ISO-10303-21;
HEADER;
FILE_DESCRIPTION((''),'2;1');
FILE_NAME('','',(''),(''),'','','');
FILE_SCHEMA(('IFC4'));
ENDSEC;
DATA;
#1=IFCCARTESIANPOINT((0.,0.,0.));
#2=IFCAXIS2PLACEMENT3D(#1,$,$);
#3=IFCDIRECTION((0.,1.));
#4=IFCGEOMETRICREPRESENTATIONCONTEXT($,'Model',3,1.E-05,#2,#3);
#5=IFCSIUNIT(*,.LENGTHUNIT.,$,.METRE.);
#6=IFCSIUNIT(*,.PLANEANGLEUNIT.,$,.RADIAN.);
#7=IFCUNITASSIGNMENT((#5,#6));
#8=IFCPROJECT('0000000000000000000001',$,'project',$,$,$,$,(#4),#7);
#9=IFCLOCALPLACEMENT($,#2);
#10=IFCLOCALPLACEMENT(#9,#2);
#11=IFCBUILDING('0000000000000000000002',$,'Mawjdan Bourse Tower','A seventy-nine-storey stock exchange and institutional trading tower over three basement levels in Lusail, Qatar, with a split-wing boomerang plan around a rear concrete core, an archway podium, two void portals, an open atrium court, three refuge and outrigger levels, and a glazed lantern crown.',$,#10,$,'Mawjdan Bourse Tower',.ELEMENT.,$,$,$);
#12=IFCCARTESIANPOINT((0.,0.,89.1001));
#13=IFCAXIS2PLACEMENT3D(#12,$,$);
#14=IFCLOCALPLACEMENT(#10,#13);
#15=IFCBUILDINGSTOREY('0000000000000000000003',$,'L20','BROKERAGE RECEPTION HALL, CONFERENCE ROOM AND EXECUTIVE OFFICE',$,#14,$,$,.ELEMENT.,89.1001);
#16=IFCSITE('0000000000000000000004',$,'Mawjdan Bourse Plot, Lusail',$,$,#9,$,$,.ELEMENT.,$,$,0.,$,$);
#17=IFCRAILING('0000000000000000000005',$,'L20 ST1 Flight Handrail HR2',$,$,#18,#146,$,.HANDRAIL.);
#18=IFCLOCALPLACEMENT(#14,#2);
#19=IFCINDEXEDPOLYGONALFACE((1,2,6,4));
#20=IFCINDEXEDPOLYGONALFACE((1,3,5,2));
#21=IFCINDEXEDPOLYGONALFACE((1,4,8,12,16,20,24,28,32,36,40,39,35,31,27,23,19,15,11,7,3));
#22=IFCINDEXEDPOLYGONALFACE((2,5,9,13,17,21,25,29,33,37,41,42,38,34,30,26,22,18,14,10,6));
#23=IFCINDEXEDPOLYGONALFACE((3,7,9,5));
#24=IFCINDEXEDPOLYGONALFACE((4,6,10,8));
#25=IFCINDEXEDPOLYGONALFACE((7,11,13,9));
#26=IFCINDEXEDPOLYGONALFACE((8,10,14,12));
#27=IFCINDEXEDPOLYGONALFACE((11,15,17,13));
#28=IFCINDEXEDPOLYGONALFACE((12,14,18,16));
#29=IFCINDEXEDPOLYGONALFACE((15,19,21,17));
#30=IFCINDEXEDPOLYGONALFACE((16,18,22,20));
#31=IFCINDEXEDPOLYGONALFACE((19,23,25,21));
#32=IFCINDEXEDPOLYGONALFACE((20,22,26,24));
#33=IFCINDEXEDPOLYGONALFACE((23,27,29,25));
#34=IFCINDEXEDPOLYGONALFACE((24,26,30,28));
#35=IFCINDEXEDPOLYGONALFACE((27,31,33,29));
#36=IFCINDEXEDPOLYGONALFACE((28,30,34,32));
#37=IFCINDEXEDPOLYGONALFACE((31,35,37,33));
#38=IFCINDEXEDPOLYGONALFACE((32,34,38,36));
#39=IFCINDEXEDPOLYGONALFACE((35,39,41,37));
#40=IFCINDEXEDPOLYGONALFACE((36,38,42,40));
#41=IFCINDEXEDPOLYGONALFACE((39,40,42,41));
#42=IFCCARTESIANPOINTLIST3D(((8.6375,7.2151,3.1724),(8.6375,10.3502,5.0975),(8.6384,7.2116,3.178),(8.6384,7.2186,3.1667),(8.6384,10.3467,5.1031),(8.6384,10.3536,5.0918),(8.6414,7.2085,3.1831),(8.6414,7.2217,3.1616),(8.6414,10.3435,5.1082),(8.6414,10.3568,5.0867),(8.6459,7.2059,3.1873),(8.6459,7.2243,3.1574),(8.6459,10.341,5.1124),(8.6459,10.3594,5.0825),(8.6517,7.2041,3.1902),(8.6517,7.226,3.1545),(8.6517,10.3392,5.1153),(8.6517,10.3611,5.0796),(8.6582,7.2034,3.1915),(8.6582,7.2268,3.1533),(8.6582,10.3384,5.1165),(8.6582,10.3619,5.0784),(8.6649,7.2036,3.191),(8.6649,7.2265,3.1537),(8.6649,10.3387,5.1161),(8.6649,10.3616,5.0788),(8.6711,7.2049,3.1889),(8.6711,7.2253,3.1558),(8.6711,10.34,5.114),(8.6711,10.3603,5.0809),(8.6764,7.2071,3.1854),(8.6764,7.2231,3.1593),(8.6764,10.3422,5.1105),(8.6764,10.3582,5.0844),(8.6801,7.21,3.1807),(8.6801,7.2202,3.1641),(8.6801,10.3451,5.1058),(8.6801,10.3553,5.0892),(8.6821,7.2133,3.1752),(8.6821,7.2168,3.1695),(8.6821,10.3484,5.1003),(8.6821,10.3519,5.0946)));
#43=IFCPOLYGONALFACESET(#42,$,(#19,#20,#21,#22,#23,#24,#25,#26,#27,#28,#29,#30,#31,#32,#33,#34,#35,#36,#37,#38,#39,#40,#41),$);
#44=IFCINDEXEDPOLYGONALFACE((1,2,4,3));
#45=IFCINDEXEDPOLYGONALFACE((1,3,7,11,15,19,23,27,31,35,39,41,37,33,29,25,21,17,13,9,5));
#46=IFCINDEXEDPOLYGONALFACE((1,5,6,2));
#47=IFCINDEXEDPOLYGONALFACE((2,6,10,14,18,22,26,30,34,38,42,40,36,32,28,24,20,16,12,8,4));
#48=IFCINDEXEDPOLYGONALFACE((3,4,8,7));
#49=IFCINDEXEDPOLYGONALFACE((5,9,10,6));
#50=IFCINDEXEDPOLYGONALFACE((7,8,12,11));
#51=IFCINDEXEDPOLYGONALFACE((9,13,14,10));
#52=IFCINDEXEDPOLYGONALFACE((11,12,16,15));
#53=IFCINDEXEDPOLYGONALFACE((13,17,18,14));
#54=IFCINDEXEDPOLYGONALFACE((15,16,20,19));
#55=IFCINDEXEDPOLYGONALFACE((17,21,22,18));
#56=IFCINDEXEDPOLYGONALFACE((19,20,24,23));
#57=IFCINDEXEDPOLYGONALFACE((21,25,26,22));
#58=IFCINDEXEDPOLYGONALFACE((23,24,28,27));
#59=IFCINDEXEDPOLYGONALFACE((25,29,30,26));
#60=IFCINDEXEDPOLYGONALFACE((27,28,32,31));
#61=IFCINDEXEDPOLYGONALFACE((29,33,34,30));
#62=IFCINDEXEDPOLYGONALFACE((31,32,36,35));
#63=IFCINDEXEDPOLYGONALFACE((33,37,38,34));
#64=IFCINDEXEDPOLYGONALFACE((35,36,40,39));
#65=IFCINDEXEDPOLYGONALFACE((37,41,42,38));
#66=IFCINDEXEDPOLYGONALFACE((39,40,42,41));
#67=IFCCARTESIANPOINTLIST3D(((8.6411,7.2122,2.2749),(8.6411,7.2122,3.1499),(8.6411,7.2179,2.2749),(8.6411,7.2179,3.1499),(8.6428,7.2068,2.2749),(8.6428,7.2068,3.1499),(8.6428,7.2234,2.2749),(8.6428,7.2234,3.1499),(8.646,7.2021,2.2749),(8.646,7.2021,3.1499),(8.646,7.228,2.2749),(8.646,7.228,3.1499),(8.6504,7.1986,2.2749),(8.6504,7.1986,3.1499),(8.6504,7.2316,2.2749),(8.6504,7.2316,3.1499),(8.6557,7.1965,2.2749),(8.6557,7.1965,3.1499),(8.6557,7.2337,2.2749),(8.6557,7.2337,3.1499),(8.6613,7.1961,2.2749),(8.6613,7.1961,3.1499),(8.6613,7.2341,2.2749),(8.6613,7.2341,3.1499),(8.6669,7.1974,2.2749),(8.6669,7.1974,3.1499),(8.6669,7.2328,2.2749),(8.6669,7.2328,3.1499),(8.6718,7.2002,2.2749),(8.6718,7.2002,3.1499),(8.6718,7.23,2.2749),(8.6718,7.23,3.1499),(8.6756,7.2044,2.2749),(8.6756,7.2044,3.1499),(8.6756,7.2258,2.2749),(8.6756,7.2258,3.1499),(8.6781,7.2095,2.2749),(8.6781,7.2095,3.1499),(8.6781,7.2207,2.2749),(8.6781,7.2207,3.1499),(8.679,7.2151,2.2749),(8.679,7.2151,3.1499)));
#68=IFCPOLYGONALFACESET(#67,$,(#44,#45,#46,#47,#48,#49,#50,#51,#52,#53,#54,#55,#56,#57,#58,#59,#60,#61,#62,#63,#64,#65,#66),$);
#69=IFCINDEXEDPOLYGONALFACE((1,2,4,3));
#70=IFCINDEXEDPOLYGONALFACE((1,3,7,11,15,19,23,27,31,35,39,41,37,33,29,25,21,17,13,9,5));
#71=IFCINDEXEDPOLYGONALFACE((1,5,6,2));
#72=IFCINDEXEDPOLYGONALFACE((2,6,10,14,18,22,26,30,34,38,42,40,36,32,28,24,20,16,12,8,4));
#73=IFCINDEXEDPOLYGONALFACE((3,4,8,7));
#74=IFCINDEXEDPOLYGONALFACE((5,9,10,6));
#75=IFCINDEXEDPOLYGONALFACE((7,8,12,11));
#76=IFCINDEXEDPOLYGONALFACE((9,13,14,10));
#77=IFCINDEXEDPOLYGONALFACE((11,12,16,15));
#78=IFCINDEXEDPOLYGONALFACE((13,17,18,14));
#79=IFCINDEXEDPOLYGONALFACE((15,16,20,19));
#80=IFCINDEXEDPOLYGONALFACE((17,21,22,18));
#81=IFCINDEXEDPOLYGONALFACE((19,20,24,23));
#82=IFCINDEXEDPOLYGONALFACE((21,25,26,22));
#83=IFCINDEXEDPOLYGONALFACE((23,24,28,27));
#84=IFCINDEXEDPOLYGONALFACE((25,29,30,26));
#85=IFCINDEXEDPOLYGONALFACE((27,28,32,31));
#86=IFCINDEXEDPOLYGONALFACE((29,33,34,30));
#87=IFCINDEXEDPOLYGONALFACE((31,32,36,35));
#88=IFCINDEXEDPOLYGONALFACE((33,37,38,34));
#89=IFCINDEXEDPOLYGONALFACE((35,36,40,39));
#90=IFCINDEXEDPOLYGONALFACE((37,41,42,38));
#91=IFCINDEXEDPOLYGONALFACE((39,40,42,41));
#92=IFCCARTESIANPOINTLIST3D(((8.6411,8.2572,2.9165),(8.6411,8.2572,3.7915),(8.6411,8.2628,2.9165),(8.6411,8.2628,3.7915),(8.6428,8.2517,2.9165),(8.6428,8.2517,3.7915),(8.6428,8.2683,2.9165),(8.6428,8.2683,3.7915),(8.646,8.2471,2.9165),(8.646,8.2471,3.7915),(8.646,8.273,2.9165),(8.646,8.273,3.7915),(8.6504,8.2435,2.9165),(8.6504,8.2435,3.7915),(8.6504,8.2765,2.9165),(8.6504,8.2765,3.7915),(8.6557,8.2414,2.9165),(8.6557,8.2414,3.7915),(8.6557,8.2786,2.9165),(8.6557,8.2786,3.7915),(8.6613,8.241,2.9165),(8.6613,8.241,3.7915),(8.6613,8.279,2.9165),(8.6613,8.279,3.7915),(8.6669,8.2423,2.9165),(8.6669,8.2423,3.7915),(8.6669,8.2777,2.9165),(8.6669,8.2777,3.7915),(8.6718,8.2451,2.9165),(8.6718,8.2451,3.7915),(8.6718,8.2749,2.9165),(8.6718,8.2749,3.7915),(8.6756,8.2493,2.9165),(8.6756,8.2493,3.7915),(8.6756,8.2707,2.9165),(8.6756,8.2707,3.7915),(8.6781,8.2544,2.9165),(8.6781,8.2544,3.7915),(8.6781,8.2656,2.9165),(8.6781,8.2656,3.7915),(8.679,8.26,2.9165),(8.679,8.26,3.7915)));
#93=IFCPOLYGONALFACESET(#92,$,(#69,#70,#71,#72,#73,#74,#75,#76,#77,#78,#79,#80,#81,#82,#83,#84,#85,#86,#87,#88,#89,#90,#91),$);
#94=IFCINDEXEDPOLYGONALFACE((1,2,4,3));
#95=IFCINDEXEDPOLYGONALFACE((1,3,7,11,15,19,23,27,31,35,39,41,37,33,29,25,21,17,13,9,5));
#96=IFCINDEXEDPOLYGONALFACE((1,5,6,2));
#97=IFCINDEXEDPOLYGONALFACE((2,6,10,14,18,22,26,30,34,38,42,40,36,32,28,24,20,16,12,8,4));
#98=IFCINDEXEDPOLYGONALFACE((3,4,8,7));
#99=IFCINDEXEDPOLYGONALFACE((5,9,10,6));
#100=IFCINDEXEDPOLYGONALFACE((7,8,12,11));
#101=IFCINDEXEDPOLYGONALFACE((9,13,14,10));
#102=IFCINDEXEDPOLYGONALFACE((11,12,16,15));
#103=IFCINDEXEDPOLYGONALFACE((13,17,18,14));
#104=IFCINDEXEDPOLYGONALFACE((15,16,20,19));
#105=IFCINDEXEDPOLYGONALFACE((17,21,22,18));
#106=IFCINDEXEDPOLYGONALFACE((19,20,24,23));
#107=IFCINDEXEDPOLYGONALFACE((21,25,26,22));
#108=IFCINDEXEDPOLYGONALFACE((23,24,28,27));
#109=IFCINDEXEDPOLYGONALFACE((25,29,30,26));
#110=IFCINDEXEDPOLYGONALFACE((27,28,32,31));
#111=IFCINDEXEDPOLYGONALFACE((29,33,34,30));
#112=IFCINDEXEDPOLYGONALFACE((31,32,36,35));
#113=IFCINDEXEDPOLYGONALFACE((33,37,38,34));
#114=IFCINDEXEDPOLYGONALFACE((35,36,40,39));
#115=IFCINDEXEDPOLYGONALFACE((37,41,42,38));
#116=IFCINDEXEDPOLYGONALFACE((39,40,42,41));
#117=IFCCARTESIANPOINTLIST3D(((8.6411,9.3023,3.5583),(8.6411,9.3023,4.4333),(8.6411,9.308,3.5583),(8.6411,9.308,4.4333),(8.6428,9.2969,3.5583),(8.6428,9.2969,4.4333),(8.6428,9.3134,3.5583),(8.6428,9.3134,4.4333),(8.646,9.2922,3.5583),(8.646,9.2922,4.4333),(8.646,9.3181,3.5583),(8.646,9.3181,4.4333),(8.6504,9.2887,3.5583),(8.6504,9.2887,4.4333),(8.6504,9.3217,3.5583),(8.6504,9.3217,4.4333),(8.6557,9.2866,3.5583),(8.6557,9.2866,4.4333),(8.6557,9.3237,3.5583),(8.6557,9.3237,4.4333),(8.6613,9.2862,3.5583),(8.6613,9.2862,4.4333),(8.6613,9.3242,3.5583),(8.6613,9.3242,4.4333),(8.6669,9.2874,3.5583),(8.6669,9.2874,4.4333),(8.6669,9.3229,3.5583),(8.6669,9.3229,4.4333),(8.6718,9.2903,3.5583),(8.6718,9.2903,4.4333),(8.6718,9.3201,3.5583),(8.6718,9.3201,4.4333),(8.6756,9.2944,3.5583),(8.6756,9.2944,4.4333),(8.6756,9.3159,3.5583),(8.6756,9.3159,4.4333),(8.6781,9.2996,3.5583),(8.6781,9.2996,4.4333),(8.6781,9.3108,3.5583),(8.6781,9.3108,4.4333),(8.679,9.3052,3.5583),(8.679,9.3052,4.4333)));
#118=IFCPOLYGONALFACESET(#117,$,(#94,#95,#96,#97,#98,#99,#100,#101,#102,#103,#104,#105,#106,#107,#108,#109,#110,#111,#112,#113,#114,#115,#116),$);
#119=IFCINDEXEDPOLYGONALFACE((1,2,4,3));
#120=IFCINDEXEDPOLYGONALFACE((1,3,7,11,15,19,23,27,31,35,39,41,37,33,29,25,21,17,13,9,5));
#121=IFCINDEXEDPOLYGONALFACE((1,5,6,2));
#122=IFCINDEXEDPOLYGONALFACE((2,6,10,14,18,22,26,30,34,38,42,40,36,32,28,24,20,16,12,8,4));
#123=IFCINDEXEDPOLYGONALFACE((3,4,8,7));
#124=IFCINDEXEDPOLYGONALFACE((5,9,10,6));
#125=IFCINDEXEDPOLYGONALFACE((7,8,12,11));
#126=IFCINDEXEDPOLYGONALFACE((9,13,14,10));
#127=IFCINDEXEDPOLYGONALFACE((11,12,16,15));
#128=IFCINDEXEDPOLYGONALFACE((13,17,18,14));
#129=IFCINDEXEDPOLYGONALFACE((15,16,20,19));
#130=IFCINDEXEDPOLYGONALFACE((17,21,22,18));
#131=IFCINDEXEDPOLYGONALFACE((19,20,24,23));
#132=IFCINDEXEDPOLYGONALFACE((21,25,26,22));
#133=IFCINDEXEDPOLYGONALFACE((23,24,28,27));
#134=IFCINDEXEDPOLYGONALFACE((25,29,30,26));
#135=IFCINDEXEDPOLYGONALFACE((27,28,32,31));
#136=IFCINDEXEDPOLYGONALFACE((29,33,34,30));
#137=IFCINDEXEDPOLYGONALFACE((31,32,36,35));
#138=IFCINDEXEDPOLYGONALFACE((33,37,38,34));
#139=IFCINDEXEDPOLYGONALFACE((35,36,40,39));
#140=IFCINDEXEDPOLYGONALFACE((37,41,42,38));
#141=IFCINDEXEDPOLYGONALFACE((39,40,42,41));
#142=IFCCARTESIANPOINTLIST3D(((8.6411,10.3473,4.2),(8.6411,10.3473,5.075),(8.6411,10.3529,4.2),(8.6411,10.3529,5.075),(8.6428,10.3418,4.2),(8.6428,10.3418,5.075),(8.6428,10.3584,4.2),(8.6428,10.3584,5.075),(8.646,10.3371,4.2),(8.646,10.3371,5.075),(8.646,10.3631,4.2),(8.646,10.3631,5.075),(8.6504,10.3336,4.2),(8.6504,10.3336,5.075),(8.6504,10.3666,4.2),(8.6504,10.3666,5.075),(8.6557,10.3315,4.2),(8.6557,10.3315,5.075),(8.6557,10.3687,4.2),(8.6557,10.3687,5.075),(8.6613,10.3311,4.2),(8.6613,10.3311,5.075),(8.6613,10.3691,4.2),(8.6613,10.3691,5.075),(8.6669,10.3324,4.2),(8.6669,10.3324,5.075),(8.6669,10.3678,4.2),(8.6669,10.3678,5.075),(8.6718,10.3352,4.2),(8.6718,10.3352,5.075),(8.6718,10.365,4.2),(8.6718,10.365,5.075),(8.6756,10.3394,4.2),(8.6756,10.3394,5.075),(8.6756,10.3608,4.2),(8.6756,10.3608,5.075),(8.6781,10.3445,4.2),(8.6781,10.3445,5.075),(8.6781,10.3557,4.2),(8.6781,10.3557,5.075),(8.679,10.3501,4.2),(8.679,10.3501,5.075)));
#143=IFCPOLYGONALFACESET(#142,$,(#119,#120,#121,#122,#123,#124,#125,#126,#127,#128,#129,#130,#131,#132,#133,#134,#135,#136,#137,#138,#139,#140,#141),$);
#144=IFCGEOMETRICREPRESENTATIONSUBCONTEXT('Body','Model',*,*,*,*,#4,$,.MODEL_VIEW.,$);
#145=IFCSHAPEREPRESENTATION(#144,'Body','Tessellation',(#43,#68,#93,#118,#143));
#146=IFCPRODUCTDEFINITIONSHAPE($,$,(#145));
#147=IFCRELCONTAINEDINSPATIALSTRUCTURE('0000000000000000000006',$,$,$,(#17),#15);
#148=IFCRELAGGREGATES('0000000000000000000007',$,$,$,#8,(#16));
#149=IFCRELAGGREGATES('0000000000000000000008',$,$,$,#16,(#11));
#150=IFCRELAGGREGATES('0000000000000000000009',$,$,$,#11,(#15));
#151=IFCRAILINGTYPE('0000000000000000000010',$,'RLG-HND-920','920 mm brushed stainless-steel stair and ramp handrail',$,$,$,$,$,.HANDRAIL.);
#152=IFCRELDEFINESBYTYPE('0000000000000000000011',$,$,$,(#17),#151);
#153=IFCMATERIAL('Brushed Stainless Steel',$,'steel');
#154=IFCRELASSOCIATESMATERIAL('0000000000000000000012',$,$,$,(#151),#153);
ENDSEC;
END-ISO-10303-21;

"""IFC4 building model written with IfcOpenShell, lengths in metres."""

from ifc_helpers import new_model, si_unit, direction, frame, origin, origin_2d, place, context, subcontext, project, spatial, circle, extrude, material, type_object, element, save


model = new_model("IFC4")

# Units and contexts
model_context = context("Model", 3, precision=1e-05, world=origin(), true_north=direction((0.0, 1.0)))
body_context = subcontext(model_context, "Body", "Model", "MODEL_VIEW")
ifc_project = project(units=[si_unit("LENGTHUNIT", "METRE"), si_unit("PLANEANGLEUNIT", "RADIAN")], contexts=[model_context])

# Site, building, storey
site_placement = place(None, origin())
site = spatial("IfcSite", under=ifc_project, at=site_placement, Name="Mawjdan Bourse Plot, Lusail", CompositionType="ELEMENT", RefElevation=0.0)
building_placement = place(site_placement, origin())
building = spatial("IfcBuilding", under=site, at=building_placement, Name="Mawjdan Bourse Tower", Description="A seventy-nine-storey stock exchange and institutional trading tower over three basement levels in Lusail, Qatar, with a split-wing boomerang plan around a rear concrete core, an archway podium, two void portals, an open atrium court, three refuge and outrigger levels, and a glazed lantern crown.", LongName="Mawjdan Bourse Tower", CompositionType="ELEMENT")
storey_placement = place(building_placement, frame((0.0, 0.0, 89.1001)))
storey = spatial("IfcBuildingStorey", under=building, at=storey_placement, Name="L20", Description="BROKERAGE RECEPTION HALL, CONFERENCE ROOM AND EXECUTIVE OFFICE", CompositionType="ELEMENT", Elevation=89.1001)

# Shared definitions
ifc_material_1 = material(Name="Brushed Stainless Steel", Category="steel")

# Railing
railing_type_1 = type_object("IfcRailingType", Name="RLG-HND-920", Description="920 mm brushed stainless-steel stair and ramp handrail", PredefinedType="HANDRAIL", material=ifc_material_1)
for number, where, name in (
    (1, (8.6599, 7.2151, 2.2749), "L20 ST1 Flight Handrail HR2"),
):
    element("IfcRailing", number, at=place(storey_placement, frame(where)), inside=storey, type_object=railing_type_1, Name=name, PredefinedType="HANDRAIL", context=body_context, shape_type="SweptSolid", body=[
        extrude(circle(Radius=0.0225, at=origin_2d()), frame((0.0, 0.0, 0.8975), z_axis=(0.0, 0.852166, 0.523271), x_axis=(-1.0, 0.0, 0.0)), (0.0, 0.0, 1.0), 3.679),
        extrude(circle(Radius=0.019, at=origin_2d()), origin(), (0.0, 0.0, 1.0), 0.875),
        extrude(circle(Radius=0.019, at=origin_2d()), frame((0.0, 1.0449, 0.6416)), (0.0, 0.0, 1.0), 0.875),
        extrude(circle(Radius=0.019, at=origin_2d()), frame((0.0, 2.0901, 1.2834)), (0.0, 0.0, 1.0), 0.875),
        extrude(circle(Radius=0.019, at=origin_2d()), frame((0.0, 3.135, 1.925)), (0.0, 0.0, 1.0), 0.875),
    ])

save(model, "model.ifc")
